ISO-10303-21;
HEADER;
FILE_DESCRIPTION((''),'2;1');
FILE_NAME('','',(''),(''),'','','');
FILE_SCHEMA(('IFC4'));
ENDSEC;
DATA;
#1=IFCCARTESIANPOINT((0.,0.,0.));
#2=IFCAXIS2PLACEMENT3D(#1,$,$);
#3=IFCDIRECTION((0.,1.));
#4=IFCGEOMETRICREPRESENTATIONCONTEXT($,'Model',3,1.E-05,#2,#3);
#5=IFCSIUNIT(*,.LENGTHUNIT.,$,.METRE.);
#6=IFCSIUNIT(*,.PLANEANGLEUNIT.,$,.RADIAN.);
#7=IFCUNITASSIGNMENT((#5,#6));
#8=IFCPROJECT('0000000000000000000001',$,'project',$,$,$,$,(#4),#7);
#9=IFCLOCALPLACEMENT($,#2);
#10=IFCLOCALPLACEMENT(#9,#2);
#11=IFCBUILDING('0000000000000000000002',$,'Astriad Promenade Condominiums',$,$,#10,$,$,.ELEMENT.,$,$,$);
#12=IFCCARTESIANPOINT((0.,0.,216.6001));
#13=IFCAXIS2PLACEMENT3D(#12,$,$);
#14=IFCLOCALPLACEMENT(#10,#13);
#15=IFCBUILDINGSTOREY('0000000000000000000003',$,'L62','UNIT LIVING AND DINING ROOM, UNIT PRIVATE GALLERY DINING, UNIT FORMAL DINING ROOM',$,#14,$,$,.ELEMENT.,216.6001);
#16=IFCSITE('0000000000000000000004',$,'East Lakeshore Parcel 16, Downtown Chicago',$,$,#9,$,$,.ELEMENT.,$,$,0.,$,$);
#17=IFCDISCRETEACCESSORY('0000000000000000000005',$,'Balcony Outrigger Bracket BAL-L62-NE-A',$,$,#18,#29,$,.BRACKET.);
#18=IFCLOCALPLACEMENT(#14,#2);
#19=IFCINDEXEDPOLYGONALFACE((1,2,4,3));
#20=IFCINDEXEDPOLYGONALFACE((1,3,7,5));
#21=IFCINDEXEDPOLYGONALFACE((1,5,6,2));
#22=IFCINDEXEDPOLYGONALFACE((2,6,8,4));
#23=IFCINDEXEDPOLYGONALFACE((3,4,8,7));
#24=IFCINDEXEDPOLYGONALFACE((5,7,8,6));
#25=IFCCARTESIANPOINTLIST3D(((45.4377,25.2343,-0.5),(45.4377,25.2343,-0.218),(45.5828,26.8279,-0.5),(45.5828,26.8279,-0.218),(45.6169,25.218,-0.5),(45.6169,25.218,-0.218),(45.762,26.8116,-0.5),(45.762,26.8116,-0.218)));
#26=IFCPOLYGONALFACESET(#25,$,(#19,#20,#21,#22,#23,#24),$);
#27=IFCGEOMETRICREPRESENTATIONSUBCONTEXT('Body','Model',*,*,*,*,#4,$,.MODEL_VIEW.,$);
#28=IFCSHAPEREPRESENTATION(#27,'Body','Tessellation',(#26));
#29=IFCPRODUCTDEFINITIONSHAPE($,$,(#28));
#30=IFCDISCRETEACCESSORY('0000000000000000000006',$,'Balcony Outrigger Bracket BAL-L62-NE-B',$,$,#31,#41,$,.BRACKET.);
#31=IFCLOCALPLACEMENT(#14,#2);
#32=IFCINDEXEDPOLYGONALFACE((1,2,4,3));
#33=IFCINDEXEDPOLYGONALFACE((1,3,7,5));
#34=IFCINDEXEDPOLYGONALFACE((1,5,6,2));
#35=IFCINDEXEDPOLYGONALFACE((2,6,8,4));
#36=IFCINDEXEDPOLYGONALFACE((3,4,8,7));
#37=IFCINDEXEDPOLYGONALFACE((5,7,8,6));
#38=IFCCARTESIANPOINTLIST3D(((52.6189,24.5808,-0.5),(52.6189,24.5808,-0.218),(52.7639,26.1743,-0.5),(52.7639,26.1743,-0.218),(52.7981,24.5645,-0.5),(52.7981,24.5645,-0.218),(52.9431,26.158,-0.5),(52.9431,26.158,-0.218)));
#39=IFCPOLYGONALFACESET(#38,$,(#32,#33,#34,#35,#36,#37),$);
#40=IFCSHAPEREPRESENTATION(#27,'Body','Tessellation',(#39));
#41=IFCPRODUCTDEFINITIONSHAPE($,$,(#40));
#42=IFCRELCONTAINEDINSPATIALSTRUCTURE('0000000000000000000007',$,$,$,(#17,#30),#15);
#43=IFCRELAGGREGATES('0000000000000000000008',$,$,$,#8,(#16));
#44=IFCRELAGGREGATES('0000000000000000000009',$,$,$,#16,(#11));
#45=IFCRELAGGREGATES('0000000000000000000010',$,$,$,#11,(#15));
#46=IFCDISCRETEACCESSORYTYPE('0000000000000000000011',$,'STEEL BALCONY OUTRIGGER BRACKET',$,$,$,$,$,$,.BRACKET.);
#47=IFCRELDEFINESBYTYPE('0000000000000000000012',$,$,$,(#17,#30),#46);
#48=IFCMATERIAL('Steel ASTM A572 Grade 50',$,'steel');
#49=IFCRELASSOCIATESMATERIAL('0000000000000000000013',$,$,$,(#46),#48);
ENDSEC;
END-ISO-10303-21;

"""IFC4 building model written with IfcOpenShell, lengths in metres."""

from ifc_helpers import new_model, si_unit, direction, frame, origin, origin_2d, place, context, subcontext, project, spatial, rectangle, extrude, source, transform, mapped, material, type_object, type_shapes, element, save


model = new_model("IFC4")

# Units and contexts
model_context = context("Model", 3, precision=1e-05, world=origin(), true_north=direction((0.0, 1.0)))
body_context = subcontext(model_context, "Body", "Model", "MODEL_VIEW")
ifc_project = project(units=[si_unit("LENGTHUNIT", "METRE"), si_unit("PLANEANGLEUNIT", "RADIAN")], contexts=[model_context])

# Site, building, storey
site_placement = place(None, origin())
site = spatial("IfcSite", under=ifc_project, at=site_placement, Name="East Lakeshore Parcel 16, Downtown Chicago", CompositionType="ELEMENT", RefElevation=0.0)
building_placement = place(site_placement, origin())
building = spatial("IfcBuilding", under=site, at=building_placement, Name="Astriad Promenade Condominiums", CompositionType="ELEMENT")
storey_placement = place(building_placement, frame((0.0, 0.0, 216.6001)))
storey = spatial("IfcBuildingStorey", under=building, at=storey_placement, Name="L62", Description="UNIT LIVING AND DINING ROOM, UNIT PRIVATE GALLERY DINING, UNIT FORMAL DINING ROOM", CompositionType="ELEMENT", Elevation=216.6001)

# Discrete accessories
ifc_material_1 = material(Name="Steel ASTM A572 Grade 50", Category="steel")
discrete_accessory_type = type_object("IfcDiscreteAccessoryType", Name="STEEL BALCONY OUTRIGGER BRACKET", PredefinedType="BRACKET", material=ifc_material_1)
shared_shape_1 = source(origin(), body_context, "Body", "SweptSolid", [
    extrude(rectangle(XDim=1.6001, YDim=0.1799, at=origin_2d()), origin(), (0.0, 0.0, 1.0), 0.282),
])
type_shapes(discrete_accessory_type, [shared_shape_1])
for number, where, z_axis, x_axis, name in (
    (1, (45.5999, 26.0229, -0.5), (0.0, 0.0, 1.0), (0.090633, 0.995884, 0.0), "Balcony Outrigger Bracket BAL-L62-NE-A"),
    (2, (52.781, 25.3694, -0.5), (0.0, 0.0, 1.0), (0.090633, 0.995884, 0.0), "Balcony Outrigger Bracket BAL-L62-NE-B"),
):
    element("IfcDiscreteAccessory", number, at=place(storey_placement, frame(where, z_axis=z_axis, x_axis=x_axis)), inside=storey, type_object=discrete_accessory_type, Name=name, PredefinedType="BRACKET", context=body_context, shape_type="MappedRepresentation", body=[
        mapped(shared_shape_1, transform((0.0, 0.0, 0.0), scale=1.0)),
    ])

save(model, "model.ifc")
